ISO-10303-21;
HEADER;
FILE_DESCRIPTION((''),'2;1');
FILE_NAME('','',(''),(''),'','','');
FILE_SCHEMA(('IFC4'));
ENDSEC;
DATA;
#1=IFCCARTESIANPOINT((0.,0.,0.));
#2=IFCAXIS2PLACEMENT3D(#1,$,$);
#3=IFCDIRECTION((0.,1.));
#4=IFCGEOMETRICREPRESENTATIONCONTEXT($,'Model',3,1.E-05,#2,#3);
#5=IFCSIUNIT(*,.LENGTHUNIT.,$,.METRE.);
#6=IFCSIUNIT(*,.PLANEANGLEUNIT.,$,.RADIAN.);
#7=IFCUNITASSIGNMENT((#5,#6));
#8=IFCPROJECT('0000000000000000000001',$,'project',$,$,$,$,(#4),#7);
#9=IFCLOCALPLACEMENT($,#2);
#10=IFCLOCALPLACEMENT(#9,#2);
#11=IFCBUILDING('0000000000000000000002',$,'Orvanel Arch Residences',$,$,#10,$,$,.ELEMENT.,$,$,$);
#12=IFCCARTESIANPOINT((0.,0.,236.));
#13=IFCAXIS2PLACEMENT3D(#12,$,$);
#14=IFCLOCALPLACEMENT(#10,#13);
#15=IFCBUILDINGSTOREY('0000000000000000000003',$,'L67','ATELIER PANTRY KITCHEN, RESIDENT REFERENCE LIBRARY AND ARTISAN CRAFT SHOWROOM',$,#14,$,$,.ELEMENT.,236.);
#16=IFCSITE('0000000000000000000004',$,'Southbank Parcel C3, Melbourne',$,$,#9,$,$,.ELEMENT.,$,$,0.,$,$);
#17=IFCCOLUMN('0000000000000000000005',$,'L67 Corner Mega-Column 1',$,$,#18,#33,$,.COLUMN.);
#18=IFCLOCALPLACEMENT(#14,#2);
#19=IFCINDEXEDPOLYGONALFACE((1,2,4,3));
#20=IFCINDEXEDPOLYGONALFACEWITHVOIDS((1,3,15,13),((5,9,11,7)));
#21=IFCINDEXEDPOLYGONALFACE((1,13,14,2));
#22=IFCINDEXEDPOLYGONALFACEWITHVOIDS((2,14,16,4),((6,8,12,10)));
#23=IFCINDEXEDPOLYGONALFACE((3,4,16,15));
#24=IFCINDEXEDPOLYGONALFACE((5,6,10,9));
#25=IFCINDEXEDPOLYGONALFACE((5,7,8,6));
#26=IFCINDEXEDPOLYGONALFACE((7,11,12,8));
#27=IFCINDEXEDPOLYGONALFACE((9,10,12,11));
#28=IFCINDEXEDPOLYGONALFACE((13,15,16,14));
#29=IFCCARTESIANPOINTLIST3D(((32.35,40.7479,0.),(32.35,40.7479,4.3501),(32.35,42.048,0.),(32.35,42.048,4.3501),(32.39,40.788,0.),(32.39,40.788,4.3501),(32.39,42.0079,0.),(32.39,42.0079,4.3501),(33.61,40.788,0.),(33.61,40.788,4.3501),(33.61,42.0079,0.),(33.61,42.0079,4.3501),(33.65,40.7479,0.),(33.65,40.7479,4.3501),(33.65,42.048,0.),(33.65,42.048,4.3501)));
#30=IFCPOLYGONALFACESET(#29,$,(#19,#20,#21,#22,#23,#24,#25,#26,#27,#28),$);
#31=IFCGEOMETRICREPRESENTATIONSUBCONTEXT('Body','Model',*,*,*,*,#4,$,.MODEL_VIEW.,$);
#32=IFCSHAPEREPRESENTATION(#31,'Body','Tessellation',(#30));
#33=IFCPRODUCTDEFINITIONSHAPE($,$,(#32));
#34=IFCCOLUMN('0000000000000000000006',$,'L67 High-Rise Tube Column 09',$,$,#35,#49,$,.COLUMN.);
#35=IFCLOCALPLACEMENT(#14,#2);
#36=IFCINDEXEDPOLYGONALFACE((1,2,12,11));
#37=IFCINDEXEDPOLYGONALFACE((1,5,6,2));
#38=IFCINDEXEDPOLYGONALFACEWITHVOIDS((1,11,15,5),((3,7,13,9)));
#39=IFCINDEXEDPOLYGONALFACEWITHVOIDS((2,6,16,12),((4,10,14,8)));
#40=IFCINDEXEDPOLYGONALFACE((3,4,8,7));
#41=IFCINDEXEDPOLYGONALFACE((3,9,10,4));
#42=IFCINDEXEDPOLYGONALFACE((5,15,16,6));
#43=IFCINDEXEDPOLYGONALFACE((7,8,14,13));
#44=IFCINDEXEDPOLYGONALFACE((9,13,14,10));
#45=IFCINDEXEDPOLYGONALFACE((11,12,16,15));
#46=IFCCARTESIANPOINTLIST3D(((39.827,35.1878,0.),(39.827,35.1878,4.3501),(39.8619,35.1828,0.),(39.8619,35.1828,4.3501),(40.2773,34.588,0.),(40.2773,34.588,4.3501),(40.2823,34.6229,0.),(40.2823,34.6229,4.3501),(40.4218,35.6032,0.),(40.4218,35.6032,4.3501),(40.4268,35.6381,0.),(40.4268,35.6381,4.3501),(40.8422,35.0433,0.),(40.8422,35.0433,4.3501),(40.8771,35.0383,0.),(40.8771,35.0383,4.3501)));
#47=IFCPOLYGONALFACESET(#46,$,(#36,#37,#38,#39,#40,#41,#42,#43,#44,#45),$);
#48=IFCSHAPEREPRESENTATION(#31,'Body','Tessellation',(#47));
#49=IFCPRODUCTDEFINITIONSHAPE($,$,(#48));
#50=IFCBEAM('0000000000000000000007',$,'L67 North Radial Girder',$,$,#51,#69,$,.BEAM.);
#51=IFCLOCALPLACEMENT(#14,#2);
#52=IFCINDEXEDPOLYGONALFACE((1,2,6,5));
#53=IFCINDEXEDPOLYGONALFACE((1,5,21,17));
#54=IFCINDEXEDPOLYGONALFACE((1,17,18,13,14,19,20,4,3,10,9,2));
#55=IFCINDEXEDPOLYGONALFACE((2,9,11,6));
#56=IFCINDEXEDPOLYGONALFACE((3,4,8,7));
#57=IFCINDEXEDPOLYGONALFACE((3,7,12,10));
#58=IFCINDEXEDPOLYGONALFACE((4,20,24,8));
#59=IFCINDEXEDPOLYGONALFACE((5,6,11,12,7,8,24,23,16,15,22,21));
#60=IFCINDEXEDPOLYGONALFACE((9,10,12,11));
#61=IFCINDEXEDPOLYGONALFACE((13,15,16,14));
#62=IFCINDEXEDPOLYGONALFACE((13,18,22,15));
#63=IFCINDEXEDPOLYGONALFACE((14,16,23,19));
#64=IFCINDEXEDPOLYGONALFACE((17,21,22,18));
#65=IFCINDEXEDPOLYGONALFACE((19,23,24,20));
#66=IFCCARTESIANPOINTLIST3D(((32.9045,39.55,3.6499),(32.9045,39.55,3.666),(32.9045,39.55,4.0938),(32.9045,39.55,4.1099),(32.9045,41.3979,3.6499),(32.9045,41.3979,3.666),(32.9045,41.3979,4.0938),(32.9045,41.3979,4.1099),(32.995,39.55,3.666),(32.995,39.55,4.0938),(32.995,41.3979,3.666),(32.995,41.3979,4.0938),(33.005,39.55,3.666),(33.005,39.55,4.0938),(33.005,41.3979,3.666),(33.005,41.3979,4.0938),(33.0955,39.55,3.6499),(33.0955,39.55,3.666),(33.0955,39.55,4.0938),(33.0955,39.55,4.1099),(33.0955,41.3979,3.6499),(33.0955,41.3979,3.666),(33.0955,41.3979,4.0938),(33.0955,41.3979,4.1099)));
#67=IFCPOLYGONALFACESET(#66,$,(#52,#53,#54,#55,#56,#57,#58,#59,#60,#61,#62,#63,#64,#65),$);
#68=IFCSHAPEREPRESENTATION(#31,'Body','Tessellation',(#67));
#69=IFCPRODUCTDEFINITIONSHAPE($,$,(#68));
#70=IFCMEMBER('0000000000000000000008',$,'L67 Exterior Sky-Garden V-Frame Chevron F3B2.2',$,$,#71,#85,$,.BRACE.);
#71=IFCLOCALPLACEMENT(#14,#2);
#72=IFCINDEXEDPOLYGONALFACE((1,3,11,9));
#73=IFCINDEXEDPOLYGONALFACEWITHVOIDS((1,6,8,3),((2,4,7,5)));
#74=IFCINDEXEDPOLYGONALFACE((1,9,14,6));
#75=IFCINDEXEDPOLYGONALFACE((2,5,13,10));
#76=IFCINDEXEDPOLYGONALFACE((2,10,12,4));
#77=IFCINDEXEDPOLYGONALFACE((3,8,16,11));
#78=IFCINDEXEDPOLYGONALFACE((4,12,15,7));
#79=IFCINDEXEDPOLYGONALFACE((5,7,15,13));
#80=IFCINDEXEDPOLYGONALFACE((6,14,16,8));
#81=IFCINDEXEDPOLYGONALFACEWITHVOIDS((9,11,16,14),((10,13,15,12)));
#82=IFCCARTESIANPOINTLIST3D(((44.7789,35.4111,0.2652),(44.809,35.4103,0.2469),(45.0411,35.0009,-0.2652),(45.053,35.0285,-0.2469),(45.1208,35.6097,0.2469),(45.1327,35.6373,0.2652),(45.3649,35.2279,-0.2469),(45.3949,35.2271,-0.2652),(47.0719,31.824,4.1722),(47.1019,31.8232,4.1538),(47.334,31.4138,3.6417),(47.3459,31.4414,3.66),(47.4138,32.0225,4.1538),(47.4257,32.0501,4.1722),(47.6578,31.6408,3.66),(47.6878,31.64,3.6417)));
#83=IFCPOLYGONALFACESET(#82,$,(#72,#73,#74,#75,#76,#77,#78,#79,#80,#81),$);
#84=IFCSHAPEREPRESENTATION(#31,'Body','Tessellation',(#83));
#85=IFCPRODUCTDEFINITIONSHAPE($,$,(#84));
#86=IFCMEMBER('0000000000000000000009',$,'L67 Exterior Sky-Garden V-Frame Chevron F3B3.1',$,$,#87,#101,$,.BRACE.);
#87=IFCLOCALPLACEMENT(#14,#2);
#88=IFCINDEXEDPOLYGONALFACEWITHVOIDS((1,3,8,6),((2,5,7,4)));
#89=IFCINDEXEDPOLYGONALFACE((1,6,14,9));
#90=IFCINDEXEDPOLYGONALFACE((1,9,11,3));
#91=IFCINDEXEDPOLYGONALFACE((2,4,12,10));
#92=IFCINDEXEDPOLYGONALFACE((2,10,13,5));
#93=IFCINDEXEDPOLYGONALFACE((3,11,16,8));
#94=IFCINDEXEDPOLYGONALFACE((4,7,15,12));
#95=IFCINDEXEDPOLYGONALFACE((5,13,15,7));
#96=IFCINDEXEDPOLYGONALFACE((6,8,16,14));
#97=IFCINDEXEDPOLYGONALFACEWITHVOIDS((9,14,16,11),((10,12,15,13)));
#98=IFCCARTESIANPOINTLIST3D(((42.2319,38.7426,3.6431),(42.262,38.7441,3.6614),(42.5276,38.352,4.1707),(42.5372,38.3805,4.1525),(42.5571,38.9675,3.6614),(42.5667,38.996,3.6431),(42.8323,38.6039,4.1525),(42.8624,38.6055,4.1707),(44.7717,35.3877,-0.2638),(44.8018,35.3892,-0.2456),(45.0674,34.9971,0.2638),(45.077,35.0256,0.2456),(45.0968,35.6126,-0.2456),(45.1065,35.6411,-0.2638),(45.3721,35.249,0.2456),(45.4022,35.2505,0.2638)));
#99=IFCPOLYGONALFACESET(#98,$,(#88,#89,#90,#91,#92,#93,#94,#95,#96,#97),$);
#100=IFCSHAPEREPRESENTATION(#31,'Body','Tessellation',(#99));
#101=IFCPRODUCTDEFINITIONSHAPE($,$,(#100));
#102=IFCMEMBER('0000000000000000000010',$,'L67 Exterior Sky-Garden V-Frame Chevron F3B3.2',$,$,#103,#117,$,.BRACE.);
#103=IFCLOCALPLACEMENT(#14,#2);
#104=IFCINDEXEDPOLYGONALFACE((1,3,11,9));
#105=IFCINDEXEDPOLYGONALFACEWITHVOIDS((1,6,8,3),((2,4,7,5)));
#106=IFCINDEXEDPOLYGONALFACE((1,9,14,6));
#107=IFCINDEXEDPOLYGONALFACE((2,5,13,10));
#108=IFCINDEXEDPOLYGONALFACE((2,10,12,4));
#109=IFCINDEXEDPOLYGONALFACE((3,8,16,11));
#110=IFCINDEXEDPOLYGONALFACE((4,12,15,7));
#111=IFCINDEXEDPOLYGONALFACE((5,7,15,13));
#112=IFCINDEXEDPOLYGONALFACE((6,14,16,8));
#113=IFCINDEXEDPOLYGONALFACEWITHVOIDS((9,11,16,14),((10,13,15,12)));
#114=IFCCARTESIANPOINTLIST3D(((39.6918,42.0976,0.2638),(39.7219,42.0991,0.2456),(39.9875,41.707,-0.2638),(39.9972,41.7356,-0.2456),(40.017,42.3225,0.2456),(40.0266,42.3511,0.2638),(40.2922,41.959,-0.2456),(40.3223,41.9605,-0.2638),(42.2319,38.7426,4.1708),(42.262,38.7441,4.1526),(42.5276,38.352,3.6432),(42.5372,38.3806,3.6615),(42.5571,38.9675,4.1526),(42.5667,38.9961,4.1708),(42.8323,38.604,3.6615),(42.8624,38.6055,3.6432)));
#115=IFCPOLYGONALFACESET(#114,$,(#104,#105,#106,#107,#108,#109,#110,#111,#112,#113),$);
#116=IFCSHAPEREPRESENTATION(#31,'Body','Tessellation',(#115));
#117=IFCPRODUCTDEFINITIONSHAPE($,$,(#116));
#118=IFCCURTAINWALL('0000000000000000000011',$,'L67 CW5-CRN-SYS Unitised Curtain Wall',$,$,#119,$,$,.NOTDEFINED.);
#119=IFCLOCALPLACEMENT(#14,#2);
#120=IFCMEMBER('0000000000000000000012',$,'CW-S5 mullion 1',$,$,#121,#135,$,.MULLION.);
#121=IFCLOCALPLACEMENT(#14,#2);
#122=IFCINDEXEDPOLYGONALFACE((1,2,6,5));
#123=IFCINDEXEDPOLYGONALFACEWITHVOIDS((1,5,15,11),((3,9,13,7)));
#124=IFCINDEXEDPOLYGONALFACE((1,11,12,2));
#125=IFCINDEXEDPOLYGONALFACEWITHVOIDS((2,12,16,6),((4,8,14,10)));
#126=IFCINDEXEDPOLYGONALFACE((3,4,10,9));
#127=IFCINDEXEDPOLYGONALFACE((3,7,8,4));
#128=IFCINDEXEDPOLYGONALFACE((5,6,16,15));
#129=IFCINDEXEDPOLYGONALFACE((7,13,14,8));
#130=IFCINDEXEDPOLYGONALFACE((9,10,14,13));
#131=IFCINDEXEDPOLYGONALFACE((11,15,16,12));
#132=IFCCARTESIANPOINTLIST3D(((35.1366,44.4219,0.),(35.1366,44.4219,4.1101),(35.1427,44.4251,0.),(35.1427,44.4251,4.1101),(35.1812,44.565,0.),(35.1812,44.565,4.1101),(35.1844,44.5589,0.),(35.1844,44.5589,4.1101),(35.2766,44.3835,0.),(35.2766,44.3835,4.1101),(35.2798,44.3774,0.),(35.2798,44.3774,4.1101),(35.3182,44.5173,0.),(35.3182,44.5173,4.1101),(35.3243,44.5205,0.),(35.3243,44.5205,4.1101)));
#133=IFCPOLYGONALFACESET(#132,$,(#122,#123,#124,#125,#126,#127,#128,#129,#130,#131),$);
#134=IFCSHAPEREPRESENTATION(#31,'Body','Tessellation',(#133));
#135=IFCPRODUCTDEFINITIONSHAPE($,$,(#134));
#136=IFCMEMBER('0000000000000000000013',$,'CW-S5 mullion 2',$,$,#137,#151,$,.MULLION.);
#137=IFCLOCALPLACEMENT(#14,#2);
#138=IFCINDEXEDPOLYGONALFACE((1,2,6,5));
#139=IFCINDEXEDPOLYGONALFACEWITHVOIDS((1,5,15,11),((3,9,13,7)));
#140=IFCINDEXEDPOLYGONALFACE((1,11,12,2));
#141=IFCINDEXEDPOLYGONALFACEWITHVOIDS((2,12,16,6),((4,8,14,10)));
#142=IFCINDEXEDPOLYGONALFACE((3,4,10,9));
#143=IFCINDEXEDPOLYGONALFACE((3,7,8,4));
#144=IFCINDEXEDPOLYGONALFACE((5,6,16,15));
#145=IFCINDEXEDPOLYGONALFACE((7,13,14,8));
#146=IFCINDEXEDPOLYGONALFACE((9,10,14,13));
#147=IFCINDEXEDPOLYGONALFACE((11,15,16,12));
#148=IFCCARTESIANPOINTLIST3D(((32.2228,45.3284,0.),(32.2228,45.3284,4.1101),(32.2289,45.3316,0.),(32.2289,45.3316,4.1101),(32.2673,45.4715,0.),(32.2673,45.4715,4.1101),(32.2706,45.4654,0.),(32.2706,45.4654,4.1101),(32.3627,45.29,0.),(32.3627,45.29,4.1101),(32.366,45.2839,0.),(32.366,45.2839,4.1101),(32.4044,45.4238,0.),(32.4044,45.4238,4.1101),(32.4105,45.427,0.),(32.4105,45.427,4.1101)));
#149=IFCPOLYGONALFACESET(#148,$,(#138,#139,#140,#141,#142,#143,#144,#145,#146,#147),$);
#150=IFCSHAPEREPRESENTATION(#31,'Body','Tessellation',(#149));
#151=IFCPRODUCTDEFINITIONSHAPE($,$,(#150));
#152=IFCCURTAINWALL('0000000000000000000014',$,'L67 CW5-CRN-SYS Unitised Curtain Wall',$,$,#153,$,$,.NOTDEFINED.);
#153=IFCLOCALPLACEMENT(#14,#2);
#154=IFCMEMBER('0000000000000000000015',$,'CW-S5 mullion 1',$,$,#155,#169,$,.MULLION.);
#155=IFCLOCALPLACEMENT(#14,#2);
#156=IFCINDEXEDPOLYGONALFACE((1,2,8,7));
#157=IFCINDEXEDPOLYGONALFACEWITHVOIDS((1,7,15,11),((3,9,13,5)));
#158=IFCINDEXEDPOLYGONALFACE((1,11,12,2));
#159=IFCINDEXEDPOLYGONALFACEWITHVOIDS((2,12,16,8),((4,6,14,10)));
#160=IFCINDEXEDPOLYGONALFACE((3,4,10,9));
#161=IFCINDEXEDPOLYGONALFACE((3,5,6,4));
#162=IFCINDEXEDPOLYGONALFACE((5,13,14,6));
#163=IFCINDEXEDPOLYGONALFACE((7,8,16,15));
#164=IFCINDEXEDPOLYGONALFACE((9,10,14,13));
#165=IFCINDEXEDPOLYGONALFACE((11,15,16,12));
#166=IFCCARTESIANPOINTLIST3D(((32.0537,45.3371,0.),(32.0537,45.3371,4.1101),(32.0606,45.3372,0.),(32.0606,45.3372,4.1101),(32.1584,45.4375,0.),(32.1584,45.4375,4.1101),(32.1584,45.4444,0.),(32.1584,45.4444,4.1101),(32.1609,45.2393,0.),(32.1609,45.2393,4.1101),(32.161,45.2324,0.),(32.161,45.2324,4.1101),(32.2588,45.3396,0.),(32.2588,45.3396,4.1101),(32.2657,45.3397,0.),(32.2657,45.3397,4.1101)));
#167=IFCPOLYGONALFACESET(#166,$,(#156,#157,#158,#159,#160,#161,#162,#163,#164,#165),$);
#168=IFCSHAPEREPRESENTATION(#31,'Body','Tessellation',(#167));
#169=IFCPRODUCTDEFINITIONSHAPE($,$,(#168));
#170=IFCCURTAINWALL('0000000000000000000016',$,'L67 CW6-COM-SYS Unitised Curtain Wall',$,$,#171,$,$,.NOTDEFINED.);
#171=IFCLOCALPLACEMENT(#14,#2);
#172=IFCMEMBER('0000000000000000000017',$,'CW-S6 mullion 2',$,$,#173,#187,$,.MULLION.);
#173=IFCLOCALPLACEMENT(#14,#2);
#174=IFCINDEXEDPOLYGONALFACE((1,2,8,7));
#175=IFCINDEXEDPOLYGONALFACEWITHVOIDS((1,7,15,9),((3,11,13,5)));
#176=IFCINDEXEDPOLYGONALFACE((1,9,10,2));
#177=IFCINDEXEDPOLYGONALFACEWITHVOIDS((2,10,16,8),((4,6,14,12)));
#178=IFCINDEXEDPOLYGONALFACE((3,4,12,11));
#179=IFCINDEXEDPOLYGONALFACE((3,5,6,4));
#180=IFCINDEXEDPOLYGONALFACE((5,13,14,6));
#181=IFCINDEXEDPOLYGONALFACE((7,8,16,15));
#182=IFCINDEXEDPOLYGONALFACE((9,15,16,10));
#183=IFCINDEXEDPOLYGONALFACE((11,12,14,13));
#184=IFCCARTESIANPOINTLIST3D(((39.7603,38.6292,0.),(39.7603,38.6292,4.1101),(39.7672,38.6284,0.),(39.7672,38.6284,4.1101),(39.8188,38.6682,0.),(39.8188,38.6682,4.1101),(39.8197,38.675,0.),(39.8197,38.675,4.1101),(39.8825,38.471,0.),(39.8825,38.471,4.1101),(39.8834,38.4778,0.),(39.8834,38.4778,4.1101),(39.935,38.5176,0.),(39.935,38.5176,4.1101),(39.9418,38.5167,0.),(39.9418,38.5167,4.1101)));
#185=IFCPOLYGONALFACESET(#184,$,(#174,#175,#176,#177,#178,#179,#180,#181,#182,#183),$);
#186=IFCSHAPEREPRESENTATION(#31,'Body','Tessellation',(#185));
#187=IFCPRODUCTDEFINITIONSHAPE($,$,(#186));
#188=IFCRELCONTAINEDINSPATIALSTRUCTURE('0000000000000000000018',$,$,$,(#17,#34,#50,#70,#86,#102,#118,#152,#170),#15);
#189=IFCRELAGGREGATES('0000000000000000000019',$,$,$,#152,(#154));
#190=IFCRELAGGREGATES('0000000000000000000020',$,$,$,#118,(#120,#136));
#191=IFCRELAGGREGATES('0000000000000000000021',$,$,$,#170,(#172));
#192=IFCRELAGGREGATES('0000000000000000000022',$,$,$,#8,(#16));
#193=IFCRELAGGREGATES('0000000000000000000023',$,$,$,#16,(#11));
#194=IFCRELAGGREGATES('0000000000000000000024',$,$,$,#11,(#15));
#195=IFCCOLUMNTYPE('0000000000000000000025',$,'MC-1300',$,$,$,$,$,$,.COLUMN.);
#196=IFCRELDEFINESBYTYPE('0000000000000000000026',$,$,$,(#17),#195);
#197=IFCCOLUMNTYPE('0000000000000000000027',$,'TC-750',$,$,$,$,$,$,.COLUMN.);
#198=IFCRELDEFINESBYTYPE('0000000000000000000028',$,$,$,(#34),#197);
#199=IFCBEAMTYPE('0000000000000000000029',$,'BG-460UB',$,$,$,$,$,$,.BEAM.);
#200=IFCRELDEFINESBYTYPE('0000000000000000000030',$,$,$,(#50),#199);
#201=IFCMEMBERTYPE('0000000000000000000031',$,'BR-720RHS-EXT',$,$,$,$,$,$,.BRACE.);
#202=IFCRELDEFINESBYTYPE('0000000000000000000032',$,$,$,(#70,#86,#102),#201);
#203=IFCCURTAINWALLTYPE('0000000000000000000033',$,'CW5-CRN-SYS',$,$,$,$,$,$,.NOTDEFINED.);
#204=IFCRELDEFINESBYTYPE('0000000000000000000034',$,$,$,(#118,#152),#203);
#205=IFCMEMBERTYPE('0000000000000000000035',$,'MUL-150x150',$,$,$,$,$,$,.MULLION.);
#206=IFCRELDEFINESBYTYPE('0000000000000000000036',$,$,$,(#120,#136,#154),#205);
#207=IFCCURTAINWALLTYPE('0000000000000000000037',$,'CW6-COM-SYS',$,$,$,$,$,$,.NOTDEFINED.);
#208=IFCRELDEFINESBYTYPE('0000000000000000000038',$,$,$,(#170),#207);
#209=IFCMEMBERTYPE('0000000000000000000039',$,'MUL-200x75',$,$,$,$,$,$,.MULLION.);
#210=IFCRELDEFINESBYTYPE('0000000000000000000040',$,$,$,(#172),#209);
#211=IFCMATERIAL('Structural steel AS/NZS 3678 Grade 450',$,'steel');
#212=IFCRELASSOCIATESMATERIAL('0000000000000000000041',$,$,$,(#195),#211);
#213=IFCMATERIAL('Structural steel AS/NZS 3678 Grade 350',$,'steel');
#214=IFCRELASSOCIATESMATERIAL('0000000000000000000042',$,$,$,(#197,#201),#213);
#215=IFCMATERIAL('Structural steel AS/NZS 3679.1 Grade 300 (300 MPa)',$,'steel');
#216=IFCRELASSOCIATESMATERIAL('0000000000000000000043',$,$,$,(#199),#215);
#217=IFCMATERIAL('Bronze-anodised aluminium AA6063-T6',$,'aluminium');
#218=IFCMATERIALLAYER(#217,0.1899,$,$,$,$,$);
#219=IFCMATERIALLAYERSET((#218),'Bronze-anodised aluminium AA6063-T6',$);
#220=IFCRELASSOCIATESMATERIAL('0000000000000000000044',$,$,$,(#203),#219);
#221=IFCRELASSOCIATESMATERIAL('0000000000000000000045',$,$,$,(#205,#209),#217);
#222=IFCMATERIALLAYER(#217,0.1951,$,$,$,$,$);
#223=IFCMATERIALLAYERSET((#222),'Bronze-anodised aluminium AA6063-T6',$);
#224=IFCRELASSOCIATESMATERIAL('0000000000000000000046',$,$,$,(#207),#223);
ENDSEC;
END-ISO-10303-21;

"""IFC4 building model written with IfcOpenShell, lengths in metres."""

from ifc_helpers import new_model, si_unit, direction, frame, origin, origin_2d, place, context, subcontext, project, spatial, hollow_rectangle, i_section, extrude, material, layer, layer_set, material_profile, profile_set, type_object, element, aggregate, save


model = new_model("IFC4")

# Units and contexts
model_context = context("Model", 3, precision=1e-05, world=origin(), true_north=direction((0.0, 1.0)))
body_context = subcontext(model_context, "Body", "Model", "MODEL_VIEW")
ifc_project = project(units=[si_unit("LENGTHUNIT", "METRE"), si_unit("PLANEANGLEUNIT", "RADIAN")], contexts=[model_context])

# Site, building, storey
site_placement = place(None, origin())
site = spatial("IfcSite", under=ifc_project, at=site_placement, Name="Southbank Parcel C3, Melbourne", CompositionType="ELEMENT", RefElevation=0.0)
building_placement = place(site_placement, origin())
building = spatial("IfcBuilding", under=site, at=building_placement, Name="Orvanel Arch Residences", CompositionType="ELEMENT")
storey_placement = place(building_placement, frame((0.0, 0.0, 236.0)))
storey = spatial("IfcBuildingStorey", under=building, at=storey_placement, Name="L67", Description="ATELIER PANTRY KITCHEN, RESIDENT REFERENCE LIBRARY AND ARTISAN CRAFT SHOWROOM", CompositionType="ELEMENT", Elevation=236.0)

# Columns
ifc_material_1 = material(Name="Structural steel AS/NZS 3678 Grade 450", Category="steel")
ifc_material_profile_1 = material_profile(ifc_material_1, hollow_rectangle(XDim=1.3, YDim=1.3, WallThickness=0.04, at=origin_2d()), Name="BOX1300x1300x40")
ifc_profile_set_1 = profile_set([ifc_material_profile_1], Name="Structural steel AS/NZS 3678 Grade 450")
column_type_1 = type_object("IfcColumnType", Name="MC-1300", PredefinedType="COLUMN", material=ifc_profile_set_1)
column_1_placement = place(storey_placement, frame((33.0, 41.3979, 0.0), z_axis=(0.0, 0.0, 1.0), x_axis=(1.0, 0.0, 0.0)))
element("IfcColumn", 1, at=column_1_placement, inside=storey, type_object=column_type_1, Name="L67 Corner Mega-Column 1", PredefinedType="COLUMN", context=body_context, shape_type="SweptSolid", body=[
    extrude(hollow_rectangle(XDim=1.3, YDim=1.3, WallThickness=0.04, at=origin_2d()), origin(), (0.0, 0.0, 1.0), 4.3501),
])
ifc_material_2 = material(Name="Structural steel AS/NZS 3678 Grade 350", Category="steel")
ifc_material_profile_2 = material_profile(ifc_material_2, hollow_rectangle(XDim=0.75, YDim=0.75, WallThickness=0.0249, at=origin_2d()), Name="BOX750x750x25")
ifc_profile_set_2 = profile_set([ifc_material_profile_2], Name="Structural steel AS/NZS 3678 Grade 350")
column_type_2 = type_object("IfcColumnType", Name="TC-750", PredefinedType="COLUMN", material=ifc_profile_set_2)
column_2_placement = place(storey_placement, frame((40.3521, 35.113, 0.0), z_axis=(0.0, 0.0, 1.0), x_axis=(-0.60042, 0.799685, 0.0)))
element("IfcColumn", 2, at=column_2_placement, inside=storey, type_object=column_type_2, Name="L67 High-Rise Tube Column 09", PredefinedType="COLUMN", context=body_context, shape_type="SweptSolid", body=[
    extrude(hollow_rectangle(XDim=0.75, YDim=0.75, WallThickness=0.0249, at=origin_2d()), origin(), (0.0, 0.0, 1.0), 4.3501),
])

# Beam
ifc_material_3 = material(Name="Structural steel AS/NZS 3679.1 Grade 300 (300 MPa)", Category="steel")
ifc_material_profile_3 = material_profile(ifc_material_3, i_section(OverallWidth=0.1909, OverallDepth=0.46, WebThickness=0.01, FlangeThickness=0.0161, at=origin_2d()), Name="460UB82.1")
ifc_profile_set_3 = profile_set([ifc_material_profile_3], Name="Structural steel AS/NZS 3679.1 Grade 300 (300 MPa)")
beam_type_1 = type_object("IfcBeamType", Name="BG-460UB", PredefinedType="BEAM", material=ifc_profile_set_3)
beam_1_placement = place(storey_placement, frame((33.0, 39.55, 3.8799), z_axis=(0.0, 1.0, 0.0), x_axis=(-1.0, 0.0, 0.0)))
element("IfcBeam", 3, at=beam_1_placement, inside=storey, type_object=beam_type_1, Name="L67 North Radial Girder", PredefinedType="BEAM", context=body_context, shape_type="SweptSolid", body=[
    extrude(i_section(OverallWidth=0.1909, OverallDepth=0.46, WebThickness=0.01, FlangeThickness=0.0161, at=origin_2d()), origin(), (0.0, 0.0, 1.0), 1.8479),
])

# Members
ifc_material_profile_4 = material_profile(ifc_material_2, hollow_rectangle(XDim=0.4199, YDim=0.72, WallThickness=0.0249, at=origin_2d()), Name="RHS720x420x25")
ifc_profile_set_4 = profile_set([ifc_material_profile_4], Name="Structural steel AS/NZS 3678 Grade 350")
member_type_1 = type_object("IfcMemberType", Name="BR-720RHS-EXT", PredefinedType="BRACE", material=ifc_profile_set_4)
member_1_placement = place(storey_placement, frame((45.0869, 35.3191, 0.0), z_axis=(0.396817, -0.620787, 0.676136), x_axis=(0.842571, 0.538585, 0.0)))
element("IfcMember", 4, at=member_1_placement, inside=storey, type_object=member_type_1, Name="L67 Exterior Sky-Garden V-Frame Chevron F3B2.2", PredefinedType="BRACE", context=body_context, shape_type="SweptSolid", body=[
    extrude(hollow_rectangle(XDim=0.4199, YDim=0.72, WallThickness=0.0249, at=origin_2d()), origin(), (0.0, 0.0, 1.0), 5.7783),
])
member_2_placement = place(storey_placement, frame((45.0869, 35.3191, 0.0), z_axis=(-0.442316, 0.584284, 0.680418), x_axis=(-0.797305, -0.603577, 0.0)))
element("IfcMember", 5, at=member_2_placement, inside=storey, type_object=member_type_1, Name="L67 Exterior Sky-Garden V-Frame Chevron F3B3.1", PredefinedType="BRACE", context=body_context, shape_type="SweptSolid", body=[
    extrude(hollow_rectangle(XDim=0.4199, YDim=0.72, WallThickness=0.0249, at=origin_2d()), origin(), (0.0, 0.0, 1.0), 5.7419),
])
member_3_placement = place(storey_placement, frame((40.0071, 42.0291, 0.0), z_axis=(0.44235, -0.584273, 0.680405), x_axis=(0.797277, 0.603614, 0.0)))
element("IfcMember", 6, at=member_3_placement, inside=storey, type_object=member_type_1, Name="L67 Exterior Sky-Garden V-Frame Chevron F3B3.2", PredefinedType="BRACE", context=body_context, shape_type="SweptSolid", body=[
    extrude(hollow_rectangle(XDim=0.4199, YDim=0.72, WallThickness=0.0249, at=origin_2d()), origin(), (0.0, 0.0, 1.0), 5.7422),
])

# Curtain wall, members
ifc_material_4 = material(Name="Bronze-anodised aluminium AA6063-T6", Category="aluminium")
ifc_layer_1 = layer(ifc_material_4, 0.1899)
ifc_layer_set_1 = layer_set([ifc_layer_1], Name="Bronze-anodised aluminium AA6063-T6")
curtain_wall_type_1 = type_object("IfcCurtainWallType", Name="CW5-CRN-SYS", PredefinedType="NOTDEFINED", material=ifc_layer_set_1)
curtain_wall_1_placement = place(storey_placement, origin())
curtain_wall_1 = element("IfcCurtainWall", 7, at=curtain_wall_1_placement, inside=storey, type_object=curtain_wall_type_1, Name="L67 CW5-CRN-SYS Unitised Curtain Wall", PredefinedType="NOTDEFINED")
ifc_material_profile_5 = material_profile(ifc_material_4, hollow_rectangle(XDim=0.1499, YDim=0.1499, WallThickness=0.0049, at=origin_2d()), Name="ALU150x150x5")
ifc_profile_set_5 = profile_set([ifc_material_profile_5], Name="Bronze-anodised aluminium AA6063-T6")
member_type_2 = type_object("IfcMemberType", Name="MUL-150x150", PredefinedType="MULLION", material=ifc_profile_set_5)
member_4_placement = place(storey_placement, frame((35.2305, 44.4712, 0.0), z_axis=(0.0, 0.0, 1.0), x_axis=(-0.297048, -0.954863, 0.0)))
member_4 = element("IfcMember", 8, at=member_4_placement, type_object=member_type_2, Name="CW-S5 mullion 1", PredefinedType="MULLION", context=body_context, shape_type="SweptSolid", body=[
    extrude(hollow_rectangle(XDim=0.1499, YDim=0.1499, WallThickness=0.0049, at=origin_2d()), origin(), (0.0, 0.0, 1.0), 4.1101),
])
member_5_placement = place(storey_placement, frame((32.3167, 45.3777, 0.0), z_axis=(0.0, 0.0, 1.0), x_axis=(-0.297048, -0.954863, 0.0)))
member_5 = element("IfcMember", 9, at=member_5_placement, type_object=member_type_2, Name="CW-S5 mullion 2", PredefinedType="MULLION", context=body_context, shape_type="SweptSolid", body=[
    extrude(hollow_rectangle(XDim=0.1499, YDim=0.1499, WallThickness=0.0049, at=origin_2d()), origin(), (0.0, 0.0, 1.0), 4.1101),
])

# Curtain wall, member
curtain_wall_2_placement = place(storey_placement, origin())
curtain_wall_2 = element("IfcCurtainWall", 10, at=curtain_wall_2_placement, inside=storey, type_object=curtain_wall_type_1, Name="L67 CW5-CRN-SYS Unitised Curtain Wall", PredefinedType="NOTDEFINED")
member_6_placement = place(storey_placement, frame((32.1597, 45.3384, 0.0), z_axis=(0.0, 0.0, 1.0), x_axis=(0.71582, -0.698285, 0.0)))
member_6 = element("IfcMember", 11, at=member_6_placement, type_object=member_type_2, Name="CW-S5 mullion 1", PredefinedType="MULLION", context=body_context, shape_type="SweptSolid", body=[
    extrude(hollow_rectangle(XDim=0.1499, YDim=0.1499, WallThickness=0.0049, at=origin_2d()), origin(), (0.0, 0.0, 1.0), 4.1101),
])
aggregate(curtain_wall_2, [member_6])

# Curtain wall, member
ifc_layer_2 = layer(ifc_material_4, 0.1951)
ifc_layer_set_2 = layer_set([ifc_layer_2], Name="Bronze-anodised aluminium AA6063-T6")
curtain_wall_type_2 = type_object("IfcCurtainWallType", Name="CW6-COM-SYS", PredefinedType="NOTDEFINED", material=ifc_layer_set_2)
curtain_wall_3_placement = place(storey_placement, origin())
curtain_wall_3 = element("IfcCurtainWall", 12, at=curtain_wall_3_placement, inside=storey, type_object=curtain_wall_type_2, Name="L67 CW6-COM-SYS Unitised Curtain Wall", PredefinedType="NOTDEFINED")
ifc_material_profile_6 = material_profile(ifc_material_4, hollow_rectangle(XDim=0.075, YDim=0.2, WallThickness=0.0049, at=origin_2d()), Name="ALU200x75x5")
ifc_profile_set_6 = profile_set([ifc_material_profile_6], Name="Bronze-anodised aluminium AA6063-T6")
member_type_3 = type_object("IfcMemberType", Name="MUL-200x75", PredefinedType="MULLION", material=ifc_profile_set_6)
member_7_placement = place(storey_placement, frame((39.8511, 38.573, 0.0), z_axis=(0.0, 0.0, 1.0), x_axis=(-0.791648, -0.610978, 0.0)))
member_7 = element("IfcMember", 13, at=member_7_placement, type_object=member_type_3, Name="CW-S6 mullion 2", PredefinedType="MULLION", context=body_context, shape_type="SweptSolid", body=[
    extrude(hollow_rectangle(XDim=0.075, YDim=0.2, WallThickness=0.0049, at=origin_2d()), origin(), (0.0, 0.0, 1.0), 4.1101),
])

aggregate(curtain_wall_1, [member_4, member_5])
aggregate(curtain_wall_3, [member_7])

save(model, "model.ifc")
